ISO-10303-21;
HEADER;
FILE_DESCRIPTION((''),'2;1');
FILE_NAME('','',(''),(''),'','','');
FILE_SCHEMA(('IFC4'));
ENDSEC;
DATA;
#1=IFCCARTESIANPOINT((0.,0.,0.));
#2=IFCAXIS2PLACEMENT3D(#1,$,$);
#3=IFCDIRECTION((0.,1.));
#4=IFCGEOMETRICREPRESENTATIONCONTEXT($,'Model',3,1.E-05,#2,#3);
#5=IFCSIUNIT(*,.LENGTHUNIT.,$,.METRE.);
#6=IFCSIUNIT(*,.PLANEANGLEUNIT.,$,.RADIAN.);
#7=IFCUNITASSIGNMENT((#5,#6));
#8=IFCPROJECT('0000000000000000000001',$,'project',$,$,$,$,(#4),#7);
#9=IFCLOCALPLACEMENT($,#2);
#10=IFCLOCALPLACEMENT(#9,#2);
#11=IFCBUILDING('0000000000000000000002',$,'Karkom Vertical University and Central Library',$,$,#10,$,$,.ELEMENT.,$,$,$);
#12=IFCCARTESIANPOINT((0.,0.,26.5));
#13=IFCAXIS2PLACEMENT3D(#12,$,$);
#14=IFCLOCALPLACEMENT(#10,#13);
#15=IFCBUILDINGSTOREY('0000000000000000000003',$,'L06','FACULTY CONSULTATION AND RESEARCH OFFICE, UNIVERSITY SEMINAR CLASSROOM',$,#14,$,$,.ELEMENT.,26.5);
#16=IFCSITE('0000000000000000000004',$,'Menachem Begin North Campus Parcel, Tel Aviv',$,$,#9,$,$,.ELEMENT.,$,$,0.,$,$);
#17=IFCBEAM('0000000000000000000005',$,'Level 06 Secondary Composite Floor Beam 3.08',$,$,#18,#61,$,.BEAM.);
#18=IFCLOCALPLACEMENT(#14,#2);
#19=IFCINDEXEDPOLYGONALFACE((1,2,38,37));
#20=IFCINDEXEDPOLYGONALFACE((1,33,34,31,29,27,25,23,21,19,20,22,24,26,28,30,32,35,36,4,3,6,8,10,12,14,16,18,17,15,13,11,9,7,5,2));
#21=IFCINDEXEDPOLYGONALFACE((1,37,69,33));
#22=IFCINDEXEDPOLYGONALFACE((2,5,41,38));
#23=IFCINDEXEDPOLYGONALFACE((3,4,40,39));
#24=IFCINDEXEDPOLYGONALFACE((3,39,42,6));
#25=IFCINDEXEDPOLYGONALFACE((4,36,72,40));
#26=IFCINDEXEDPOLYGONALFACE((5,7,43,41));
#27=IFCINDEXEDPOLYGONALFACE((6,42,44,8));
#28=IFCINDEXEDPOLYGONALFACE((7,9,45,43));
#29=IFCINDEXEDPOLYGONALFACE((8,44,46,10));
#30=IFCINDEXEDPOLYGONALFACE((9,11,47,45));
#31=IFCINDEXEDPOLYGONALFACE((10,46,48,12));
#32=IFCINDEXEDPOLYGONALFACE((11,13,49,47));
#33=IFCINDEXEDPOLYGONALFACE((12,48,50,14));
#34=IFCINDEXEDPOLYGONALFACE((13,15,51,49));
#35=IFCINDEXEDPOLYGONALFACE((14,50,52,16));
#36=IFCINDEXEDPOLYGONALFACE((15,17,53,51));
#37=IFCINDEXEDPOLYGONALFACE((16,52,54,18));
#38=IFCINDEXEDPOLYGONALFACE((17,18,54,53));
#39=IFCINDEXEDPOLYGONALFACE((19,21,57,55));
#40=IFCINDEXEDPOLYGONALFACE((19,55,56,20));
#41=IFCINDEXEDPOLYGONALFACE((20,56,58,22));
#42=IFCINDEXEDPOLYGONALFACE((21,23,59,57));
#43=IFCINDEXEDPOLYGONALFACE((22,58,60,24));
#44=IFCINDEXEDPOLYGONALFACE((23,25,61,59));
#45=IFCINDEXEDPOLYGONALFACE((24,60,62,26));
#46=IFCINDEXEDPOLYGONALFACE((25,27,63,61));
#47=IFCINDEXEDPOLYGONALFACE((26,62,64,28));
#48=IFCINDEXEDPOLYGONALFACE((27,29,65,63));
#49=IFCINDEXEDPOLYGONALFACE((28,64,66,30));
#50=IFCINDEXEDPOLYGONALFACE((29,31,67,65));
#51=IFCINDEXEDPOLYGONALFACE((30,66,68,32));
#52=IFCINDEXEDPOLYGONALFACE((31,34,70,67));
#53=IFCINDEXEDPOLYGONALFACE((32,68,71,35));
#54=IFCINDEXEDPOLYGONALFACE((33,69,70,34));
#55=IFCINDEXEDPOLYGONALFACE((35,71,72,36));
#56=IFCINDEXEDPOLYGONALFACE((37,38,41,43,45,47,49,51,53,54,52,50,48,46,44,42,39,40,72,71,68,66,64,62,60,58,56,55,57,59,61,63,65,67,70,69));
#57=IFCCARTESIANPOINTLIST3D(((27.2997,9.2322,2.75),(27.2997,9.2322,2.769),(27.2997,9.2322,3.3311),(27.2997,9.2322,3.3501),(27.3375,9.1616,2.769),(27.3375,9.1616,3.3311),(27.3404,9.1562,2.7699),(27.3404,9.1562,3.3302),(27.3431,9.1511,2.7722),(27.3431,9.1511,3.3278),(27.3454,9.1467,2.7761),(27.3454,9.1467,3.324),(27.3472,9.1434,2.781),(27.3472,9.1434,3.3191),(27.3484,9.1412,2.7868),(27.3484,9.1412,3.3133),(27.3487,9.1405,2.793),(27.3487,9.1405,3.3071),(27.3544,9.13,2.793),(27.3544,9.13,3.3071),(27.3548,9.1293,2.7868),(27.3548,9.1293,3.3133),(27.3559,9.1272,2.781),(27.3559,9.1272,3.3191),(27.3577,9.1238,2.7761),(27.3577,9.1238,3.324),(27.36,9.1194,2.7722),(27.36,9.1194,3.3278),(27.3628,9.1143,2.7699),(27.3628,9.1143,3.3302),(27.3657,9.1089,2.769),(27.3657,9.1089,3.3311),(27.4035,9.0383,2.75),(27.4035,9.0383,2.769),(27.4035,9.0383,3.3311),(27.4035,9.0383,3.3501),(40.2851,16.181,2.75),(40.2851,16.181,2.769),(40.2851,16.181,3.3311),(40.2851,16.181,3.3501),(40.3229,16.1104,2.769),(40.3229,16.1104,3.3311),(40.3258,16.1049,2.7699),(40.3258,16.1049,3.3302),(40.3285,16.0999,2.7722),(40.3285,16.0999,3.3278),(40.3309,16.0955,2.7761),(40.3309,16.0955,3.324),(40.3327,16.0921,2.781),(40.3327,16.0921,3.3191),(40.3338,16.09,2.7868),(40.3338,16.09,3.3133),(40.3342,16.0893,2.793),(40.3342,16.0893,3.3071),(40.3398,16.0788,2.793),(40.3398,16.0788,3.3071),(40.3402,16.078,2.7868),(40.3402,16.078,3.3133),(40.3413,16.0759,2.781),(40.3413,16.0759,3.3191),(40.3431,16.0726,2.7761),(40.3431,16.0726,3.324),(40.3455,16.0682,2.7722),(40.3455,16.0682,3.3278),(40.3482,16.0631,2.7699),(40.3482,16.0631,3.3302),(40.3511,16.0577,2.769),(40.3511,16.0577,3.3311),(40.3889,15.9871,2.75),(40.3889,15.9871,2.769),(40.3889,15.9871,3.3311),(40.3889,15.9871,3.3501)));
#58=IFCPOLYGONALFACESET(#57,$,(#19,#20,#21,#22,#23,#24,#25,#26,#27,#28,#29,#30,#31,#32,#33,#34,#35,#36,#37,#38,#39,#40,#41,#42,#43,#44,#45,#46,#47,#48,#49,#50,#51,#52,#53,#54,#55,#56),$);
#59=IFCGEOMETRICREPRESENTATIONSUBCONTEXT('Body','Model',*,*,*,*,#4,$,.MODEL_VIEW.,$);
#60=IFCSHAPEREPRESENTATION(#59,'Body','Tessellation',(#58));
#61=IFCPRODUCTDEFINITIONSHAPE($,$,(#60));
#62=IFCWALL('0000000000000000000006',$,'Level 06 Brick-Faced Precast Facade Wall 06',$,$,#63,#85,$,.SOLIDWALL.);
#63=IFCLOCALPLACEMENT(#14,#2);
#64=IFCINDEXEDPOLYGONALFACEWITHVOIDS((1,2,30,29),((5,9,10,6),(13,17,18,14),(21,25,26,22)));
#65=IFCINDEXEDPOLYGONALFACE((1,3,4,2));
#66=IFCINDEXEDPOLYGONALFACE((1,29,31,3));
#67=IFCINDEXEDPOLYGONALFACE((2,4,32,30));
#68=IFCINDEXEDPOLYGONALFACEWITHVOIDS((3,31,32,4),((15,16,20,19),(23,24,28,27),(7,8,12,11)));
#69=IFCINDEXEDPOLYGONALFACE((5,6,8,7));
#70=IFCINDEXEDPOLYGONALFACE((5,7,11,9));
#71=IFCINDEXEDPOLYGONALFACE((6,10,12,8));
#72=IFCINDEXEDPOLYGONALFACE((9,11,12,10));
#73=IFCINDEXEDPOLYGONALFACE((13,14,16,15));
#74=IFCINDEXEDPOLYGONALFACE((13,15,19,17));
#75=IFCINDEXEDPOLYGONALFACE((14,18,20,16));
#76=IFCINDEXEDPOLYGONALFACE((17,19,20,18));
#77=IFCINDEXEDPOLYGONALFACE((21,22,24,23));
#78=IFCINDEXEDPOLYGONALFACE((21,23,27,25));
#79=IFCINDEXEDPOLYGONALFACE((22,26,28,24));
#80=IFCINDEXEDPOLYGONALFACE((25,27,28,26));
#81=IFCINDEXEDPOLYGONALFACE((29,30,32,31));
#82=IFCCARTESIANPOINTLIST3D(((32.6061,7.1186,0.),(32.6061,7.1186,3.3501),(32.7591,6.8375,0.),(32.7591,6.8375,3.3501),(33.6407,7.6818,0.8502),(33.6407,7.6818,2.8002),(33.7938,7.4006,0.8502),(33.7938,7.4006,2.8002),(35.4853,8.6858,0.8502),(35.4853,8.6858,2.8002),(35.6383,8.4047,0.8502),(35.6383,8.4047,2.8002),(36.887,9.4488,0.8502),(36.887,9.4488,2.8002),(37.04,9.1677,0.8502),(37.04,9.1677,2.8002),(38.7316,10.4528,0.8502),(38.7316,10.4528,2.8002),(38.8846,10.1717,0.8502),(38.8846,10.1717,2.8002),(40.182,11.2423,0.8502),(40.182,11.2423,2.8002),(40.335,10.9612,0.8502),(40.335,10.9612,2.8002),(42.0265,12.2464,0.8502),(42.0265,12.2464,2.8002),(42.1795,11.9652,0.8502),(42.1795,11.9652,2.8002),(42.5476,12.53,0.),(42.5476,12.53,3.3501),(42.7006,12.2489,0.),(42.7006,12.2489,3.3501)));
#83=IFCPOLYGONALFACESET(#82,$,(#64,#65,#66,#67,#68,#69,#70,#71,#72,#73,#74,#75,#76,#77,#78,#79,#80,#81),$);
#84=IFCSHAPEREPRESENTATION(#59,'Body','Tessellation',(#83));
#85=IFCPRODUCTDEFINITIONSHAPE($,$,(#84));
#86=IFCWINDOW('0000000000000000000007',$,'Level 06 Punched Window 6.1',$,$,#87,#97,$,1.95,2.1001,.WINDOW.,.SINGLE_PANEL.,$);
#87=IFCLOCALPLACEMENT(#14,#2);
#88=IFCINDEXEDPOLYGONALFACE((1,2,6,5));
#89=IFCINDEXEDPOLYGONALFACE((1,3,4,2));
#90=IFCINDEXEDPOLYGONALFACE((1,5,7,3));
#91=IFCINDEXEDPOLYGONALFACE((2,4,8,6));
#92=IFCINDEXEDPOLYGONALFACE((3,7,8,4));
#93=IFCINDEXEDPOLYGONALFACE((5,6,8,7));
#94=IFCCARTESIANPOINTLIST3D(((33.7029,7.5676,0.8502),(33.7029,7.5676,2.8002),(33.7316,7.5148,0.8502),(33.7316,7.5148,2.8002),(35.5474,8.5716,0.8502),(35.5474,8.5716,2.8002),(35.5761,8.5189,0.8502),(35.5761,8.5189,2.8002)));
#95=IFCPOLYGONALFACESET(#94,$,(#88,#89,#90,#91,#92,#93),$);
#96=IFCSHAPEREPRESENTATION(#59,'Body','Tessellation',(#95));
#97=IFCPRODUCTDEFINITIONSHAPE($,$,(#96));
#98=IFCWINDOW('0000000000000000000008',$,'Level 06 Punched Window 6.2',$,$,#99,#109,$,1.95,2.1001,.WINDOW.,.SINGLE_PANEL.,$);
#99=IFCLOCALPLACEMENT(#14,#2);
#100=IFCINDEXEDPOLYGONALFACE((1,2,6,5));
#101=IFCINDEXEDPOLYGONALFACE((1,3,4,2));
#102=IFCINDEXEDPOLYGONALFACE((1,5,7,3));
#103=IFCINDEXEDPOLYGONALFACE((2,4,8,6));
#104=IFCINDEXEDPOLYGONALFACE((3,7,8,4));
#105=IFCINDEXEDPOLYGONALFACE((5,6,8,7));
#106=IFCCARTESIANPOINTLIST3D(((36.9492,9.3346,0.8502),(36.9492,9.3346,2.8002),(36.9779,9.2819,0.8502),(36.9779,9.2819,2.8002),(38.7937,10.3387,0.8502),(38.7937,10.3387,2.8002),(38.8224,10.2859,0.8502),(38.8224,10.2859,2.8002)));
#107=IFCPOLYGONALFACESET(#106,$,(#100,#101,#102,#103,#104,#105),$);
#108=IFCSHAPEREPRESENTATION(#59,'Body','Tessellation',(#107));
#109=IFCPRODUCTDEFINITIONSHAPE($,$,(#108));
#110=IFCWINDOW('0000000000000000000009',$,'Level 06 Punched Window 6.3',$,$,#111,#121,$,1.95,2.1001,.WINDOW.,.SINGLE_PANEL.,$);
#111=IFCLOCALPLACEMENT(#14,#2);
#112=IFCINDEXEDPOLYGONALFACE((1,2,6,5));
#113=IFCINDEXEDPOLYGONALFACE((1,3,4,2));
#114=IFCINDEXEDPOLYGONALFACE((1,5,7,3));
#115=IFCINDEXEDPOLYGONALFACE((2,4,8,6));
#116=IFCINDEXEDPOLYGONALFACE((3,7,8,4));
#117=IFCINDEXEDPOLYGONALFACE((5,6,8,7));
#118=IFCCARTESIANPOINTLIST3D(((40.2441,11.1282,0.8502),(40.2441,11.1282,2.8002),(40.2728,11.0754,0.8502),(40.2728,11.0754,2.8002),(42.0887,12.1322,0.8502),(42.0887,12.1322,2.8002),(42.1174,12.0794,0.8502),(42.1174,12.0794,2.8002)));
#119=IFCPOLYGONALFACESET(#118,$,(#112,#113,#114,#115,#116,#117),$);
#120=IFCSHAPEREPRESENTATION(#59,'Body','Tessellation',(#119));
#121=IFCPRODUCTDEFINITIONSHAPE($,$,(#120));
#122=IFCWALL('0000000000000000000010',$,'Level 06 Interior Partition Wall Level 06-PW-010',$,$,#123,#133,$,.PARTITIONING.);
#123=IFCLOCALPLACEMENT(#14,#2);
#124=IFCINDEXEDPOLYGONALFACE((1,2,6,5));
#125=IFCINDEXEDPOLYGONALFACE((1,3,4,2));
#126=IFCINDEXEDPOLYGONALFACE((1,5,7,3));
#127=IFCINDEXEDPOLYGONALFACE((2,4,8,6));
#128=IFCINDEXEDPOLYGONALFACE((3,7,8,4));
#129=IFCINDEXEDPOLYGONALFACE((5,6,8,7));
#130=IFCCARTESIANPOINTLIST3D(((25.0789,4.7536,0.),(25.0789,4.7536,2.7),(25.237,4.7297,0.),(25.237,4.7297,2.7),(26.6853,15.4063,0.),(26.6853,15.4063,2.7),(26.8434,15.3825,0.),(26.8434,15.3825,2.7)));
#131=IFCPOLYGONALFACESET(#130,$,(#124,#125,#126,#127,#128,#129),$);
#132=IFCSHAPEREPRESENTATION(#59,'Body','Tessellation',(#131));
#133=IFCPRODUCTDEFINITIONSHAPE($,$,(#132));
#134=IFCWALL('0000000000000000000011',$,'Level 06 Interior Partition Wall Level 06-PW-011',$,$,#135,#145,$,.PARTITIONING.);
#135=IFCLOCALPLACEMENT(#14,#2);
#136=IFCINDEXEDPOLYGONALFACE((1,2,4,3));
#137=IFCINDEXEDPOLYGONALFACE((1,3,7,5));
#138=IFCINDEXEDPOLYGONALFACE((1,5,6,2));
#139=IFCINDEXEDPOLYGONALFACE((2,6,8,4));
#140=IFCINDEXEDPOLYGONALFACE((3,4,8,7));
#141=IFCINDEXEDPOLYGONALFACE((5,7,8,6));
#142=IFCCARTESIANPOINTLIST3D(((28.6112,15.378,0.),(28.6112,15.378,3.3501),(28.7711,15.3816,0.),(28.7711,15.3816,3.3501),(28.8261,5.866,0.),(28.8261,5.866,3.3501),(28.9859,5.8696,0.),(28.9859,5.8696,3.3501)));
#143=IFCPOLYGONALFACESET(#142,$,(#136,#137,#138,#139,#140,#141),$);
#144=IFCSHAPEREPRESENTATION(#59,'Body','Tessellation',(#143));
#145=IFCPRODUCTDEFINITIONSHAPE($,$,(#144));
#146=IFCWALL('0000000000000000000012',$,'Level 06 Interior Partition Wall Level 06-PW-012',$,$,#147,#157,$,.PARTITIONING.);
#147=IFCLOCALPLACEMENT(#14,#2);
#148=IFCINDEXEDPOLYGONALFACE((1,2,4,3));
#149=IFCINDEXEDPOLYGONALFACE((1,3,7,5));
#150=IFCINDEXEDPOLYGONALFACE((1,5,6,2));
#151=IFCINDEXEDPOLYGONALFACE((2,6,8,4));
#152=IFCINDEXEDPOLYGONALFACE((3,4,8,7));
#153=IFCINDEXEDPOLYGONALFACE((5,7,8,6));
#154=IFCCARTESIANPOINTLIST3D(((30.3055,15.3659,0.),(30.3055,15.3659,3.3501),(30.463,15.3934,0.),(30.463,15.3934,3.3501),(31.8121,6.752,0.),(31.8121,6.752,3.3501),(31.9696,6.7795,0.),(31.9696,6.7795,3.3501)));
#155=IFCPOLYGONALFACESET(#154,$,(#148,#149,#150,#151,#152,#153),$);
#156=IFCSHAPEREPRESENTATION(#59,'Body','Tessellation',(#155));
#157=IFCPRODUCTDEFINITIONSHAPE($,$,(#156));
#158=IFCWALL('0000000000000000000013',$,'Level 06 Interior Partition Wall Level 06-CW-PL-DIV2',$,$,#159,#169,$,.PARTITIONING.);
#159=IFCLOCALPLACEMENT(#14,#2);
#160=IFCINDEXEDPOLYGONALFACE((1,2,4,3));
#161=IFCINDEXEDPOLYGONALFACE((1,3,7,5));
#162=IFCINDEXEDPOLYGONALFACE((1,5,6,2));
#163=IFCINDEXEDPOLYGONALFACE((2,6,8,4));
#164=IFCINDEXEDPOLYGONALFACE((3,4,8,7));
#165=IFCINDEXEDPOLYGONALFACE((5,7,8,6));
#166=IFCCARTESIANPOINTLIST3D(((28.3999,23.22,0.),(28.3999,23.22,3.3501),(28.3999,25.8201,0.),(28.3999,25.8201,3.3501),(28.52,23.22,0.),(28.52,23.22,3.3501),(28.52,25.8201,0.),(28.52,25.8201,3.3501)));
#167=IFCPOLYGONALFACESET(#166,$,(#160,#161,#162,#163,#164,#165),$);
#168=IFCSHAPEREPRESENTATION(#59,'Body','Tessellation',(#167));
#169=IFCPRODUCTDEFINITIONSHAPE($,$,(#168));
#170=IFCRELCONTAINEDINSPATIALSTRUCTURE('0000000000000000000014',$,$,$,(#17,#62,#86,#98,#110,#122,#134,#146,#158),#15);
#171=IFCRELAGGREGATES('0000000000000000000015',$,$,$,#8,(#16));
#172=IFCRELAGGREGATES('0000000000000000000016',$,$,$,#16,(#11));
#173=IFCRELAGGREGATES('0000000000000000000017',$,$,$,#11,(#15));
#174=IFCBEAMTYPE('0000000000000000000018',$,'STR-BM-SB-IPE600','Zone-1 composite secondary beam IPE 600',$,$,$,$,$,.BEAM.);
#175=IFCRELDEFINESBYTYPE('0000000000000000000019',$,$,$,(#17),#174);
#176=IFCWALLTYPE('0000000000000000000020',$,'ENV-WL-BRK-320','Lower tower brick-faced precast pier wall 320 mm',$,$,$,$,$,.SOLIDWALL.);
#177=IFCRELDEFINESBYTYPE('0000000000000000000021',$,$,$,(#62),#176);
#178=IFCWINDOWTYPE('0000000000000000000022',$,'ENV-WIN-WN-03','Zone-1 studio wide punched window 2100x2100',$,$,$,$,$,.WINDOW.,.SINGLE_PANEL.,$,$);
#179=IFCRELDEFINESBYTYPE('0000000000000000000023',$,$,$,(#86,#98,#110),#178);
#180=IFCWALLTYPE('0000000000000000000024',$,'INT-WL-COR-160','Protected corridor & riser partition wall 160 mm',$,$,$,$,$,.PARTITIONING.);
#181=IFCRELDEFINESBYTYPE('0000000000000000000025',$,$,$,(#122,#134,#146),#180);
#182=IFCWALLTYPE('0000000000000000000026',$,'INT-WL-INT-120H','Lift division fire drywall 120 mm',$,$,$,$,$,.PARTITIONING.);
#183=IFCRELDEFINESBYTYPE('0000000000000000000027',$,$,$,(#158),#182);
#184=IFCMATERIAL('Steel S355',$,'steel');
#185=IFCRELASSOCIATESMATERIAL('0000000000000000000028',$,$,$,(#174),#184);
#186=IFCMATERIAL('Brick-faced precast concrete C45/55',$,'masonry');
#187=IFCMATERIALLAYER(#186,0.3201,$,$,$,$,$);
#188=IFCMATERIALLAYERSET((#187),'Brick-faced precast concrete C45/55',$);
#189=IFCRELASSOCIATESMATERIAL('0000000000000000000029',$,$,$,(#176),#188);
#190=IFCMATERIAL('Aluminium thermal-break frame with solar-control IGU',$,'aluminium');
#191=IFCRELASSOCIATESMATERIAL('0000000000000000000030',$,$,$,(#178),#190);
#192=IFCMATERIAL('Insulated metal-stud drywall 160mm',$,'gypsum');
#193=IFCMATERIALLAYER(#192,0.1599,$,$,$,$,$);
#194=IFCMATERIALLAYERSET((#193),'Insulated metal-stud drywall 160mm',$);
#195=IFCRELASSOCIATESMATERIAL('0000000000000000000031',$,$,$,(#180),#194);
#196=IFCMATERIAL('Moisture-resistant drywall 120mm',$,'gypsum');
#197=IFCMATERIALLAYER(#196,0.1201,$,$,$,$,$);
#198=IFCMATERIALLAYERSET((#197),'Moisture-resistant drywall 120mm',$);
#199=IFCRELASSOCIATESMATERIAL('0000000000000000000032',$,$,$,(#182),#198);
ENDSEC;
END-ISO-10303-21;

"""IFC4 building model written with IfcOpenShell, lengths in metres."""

from ifc_helpers import new_model, si_unit, direction, frame, frame_2d, origin, origin_with_axes, origin_2d, place, context, subcontext, project, spatial, rectangle, i_section, extrude, source, transform, mapped, material, layer, layer_set, material_profile, profile_set, type_object, element, fill, save


model = new_model("IFC4")

# Units and contexts
model_context = context("Model", 3, precision=1e-05, world=origin(), true_north=direction((0.0, 1.0)))
body_context = subcontext(model_context, "Body", "Model", "MODEL_VIEW")
ifc_project = project(units=[si_unit("LENGTHUNIT", "METRE"), si_unit("PLANEANGLEUNIT", "RADIAN")], contexts=[model_context])

# Site, building, storey
site_placement = place(None, origin())
site = spatial("IfcSite", under=ifc_project, at=site_placement, Name="Menachem Begin North Campus Parcel, Tel Aviv", CompositionType="ELEMENT", RefElevation=0.0)
building_placement = place(site_placement, origin())
building = spatial("IfcBuilding", under=site, at=building_placement, Name="Karkom Vertical University and Central Library", CompositionType="ELEMENT")
storey_placement = place(building_placement, frame((0.0, 0.0, 26.5)))
storey = spatial("IfcBuildingStorey", under=building, at=storey_placement, Name="L06", Description="FACULTY CONSULTATION AND RESEARCH OFFICE, UNIVERSITY SEMINAR CLASSROOM", CompositionType="ELEMENT", Elevation=26.5)

# Beam
ifc_material_1 = material(Name="Steel S355", Category="steel")
ifc_material_profile_1 = material_profile(ifc_material_1, i_section(OverallWidth=0.22, OverallDepth=0.6001, WebThickness=0.012, FlangeThickness=0.019, FilletRadius=0.0239, at=origin_2d()), Name="IPE 600")
ifc_profile_set_1 = profile_set([ifc_material_profile_1], Name="Steel S355")
beam_type_1 = type_object("IfcBeamType", Name="STR-BM-SB-IPE600", Description="Zone-1 composite secondary beam IPE 600", PredefinedType="BEAM", material=ifc_profile_set_1)
shared_shape_1 = source(origin_with_axes(), body_context, "Body", "SweptSolid", [
    extrude(i_section(OverallWidth=0.22, OverallDepth=0.6001, WebThickness=0.012, FlangeThickness=0.019, FilletRadius=0.0239, at=origin_2d()), origin(), (0.0, 0.0, 1.0), 14.7278),
])
beam_1_placement = place(storey_placement, frame((27.3516, 9.1353, 3.05), z_axis=(0.881698, 0.471815, 0.0), x_axis=(-0.471815, 0.881698, 0.0)))
element("IfcBeam", 1, at=beam_1_placement, inside=storey, type_object=beam_type_1, Name="Level 06 Secondary Composite Floor Beam 3.08", PredefinedType="BEAM", context=body_context, shape_type="MappedRepresentation", body=[
    mapped(shared_shape_1, transform((0.0, 0.0, 0.0), scale=1.0)),
])

# Wall, openings, windows
ifc_material_2 = material(Name="Brick-faced precast concrete C45/55", Category="masonry")
ifc_layer_1 = layer(ifc_material_2, 0.3201)
ifc_layer_set_1 = layer_set([ifc_layer_1], Name="Brick-faced precast concrete C45/55")
wall_type_1 = type_object("IfcWallType", Name="ENV-WL-BRK-320", Description="Lower tower brick-faced precast pier wall 320 mm", PredefinedType="SOLIDWALL", material=ifc_layer_set_1)
wall_1_placement = place(storey_placement, frame((32.6826, 6.978, 0.0), z_axis=(0.0, 0.0, 1.0), x_axis=(0.878312, 0.478089, 0.0)))
wall_1 = element("IfcWall", 2, at=wall_1_placement, inside=storey, type_object=wall_type_1, Name="Level 06 Brick-Faced Precast Facade Wall 06", PredefinedType="SOLIDWALL", context=body_context, shape_type="SweptSolid", body=[
    extrude(rectangle(XDim=11.3188, YDim=0.3201, at=frame_2d((5.6594, 0.0))), origin(), (0.0, 0.0, 1.0), 3.3501),
])
opening_1_placement = place(wall_1_placement, frame((1.178, 0.0, 0.8501)))
opening_1 = element("IfcOpeningElement", 3, at=opening_1_placement, cuts=wall_1, PredefinedType="OPENING", context=body_context, shape_type="SweptSolid", body=[
    extrude(rectangle(XDim=2.1001, YDim=1.95, at=frame_2d((1.05, 0.9751))), frame((0.0, 0.1699, 0.0), z_axis=(0.0, -1.0, 0.0), x_axis=(1.0, 0.0, 0.0)), (0.0, 0.0, 1.0), 0.3401),
])
opening_2_placement = place(wall_1_placement, frame((4.874, 0.0, 0.8501)))
opening_2 = element("IfcOpeningElement", 4, at=opening_2_placement, cuts=wall_1, PredefinedType="OPENING", context=body_context, shape_type="SweptSolid", body=[
    extrude(rectangle(XDim=2.1001, YDim=1.95, at=frame_2d((1.05, 0.9751))), frame((0.0, 0.1699, 0.0), z_axis=(0.0, -1.0, 0.0), x_axis=(1.0, 0.0, 0.0)), (0.0, 0.0, 1.0), 0.3401),
])
opening_3_placement = place(wall_1_placement, frame((8.6255, 0.0, 0.8501)))
opening_3 = element("IfcOpeningElement", 5, at=opening_3_placement, cuts=wall_1, PredefinedType="OPENING", context=body_context, shape_type="SweptSolid", body=[
    extrude(rectangle(XDim=2.1001, YDim=1.95, at=frame_2d((1.05, 0.9751))), frame((0.0, 0.1699, 0.0), z_axis=(0.0, -1.0, 0.0), x_axis=(1.0, 0.0, 0.0)), (0.0, 0.0, 1.0), 0.3401),
])
ifc_material_3 = material(Name="Aluminium thermal-break frame with solar-control IGU", Category="aluminium")
window_type = type_object("IfcWindowType", Name="ENV-WIN-WN-03", Description="Zone-1 studio wide punched window 2100x2100", PartitioningType="SINGLE_PANEL", PredefinedType="WINDOW", material=ifc_material_3)
shared_shape_2 = source(origin_with_axes(), body_context, "Body", "SweptSolid", [
    extrude(rectangle(XDim=2.1001, YDim=1.95, at=frame_2d((1.05, 0.9751))), frame((0.0, 0.03, 0.0), z_axis=(0.0, -1.0, 0.0), x_axis=(1.0, 0.0, 0.0)), (0.0, 0.0, 1.0), 0.0601),
])
window_1_placement = place(opening_1_placement, origin())
window_1 = element("IfcWindow", 6, at=window_1_placement, inside=storey, type_object=window_type, Name="Level 06 Punched Window 6.1", OverallHeight=1.95, OverallWidth=2.1001, PartitioningType="SINGLE_PANEL", PredefinedType="WINDOW", context=body_context, shape_type="MappedRepresentation", body=[
    mapped(shared_shape_2, transform((0.0, 0.0, 0.0), scale=1.0)),
])
fill(opening_1, window_1)
window_2_placement = place(opening_2_placement, origin())
window_2 = element("IfcWindow", 7, at=window_2_placement, inside=storey, type_object=window_type, Name="Level 06 Punched Window 6.2", OverallHeight=1.95, OverallWidth=2.1001, PartitioningType="SINGLE_PANEL", PredefinedType="WINDOW", context=body_context, shape_type="MappedRepresentation", body=[
    mapped(shared_shape_2, transform((0.0, 0.0, 0.0), scale=1.0)),
])
fill(opening_2, window_2)
window_3_placement = place(opening_3_placement, origin())
window_3 = element("IfcWindow", 8, at=window_3_placement, inside=storey, type_object=window_type, Name="Level 06 Punched Window 6.3", OverallHeight=1.95, OverallWidth=2.1001, PartitioningType="SINGLE_PANEL", PredefinedType="WINDOW", context=body_context, shape_type="MappedRepresentation", body=[
    mapped(shared_shape_2, transform((0.0, 0.0, 0.0), scale=1.0)),
])
fill(opening_3, window_3)

# Walls
ifc_material_4 = material(Name="Insulated metal-stud drywall 160mm", Category="gypsum")
ifc_layer_2 = layer(ifc_material_4, 0.1599)
ifc_layer_set_2 = layer_set([ifc_layer_2], Name="Insulated metal-stud drywall 160mm")
wall_type_2 = type_object("IfcWallType", Name="INT-WL-COR-160", Description="Protected corridor & riser partition wall 160 mm", PredefinedType="PARTITIONING", material=ifc_layer_set_2)
wall_2_placement = place(storey_placement, frame((26.7644, 15.3945, 0.0), z_axis=(0.0, 0.0, 1.0), x_axis=(-0.149114, -0.98882, 0.0)))
element("IfcWall", 9, at=wall_2_placement, inside=storey, type_object=wall_type_2, Name="Level 06 Interior Partition Wall Level 06-PW-010", PredefinedType="PARTITIONING", context=body_context, shape_type="SweptSolid", body=[
    extrude(rectangle(XDim=10.7732, YDim=0.1599, at=frame_2d((5.3867, 0.0))), origin(), (0.0, 0.0, 1.0), 2.7),
])
wall_3_placement = place(storey_placement, frame((28.6912, 15.3799, 0.0), z_axis=(0.0, 0.0, 1.0), x_axis=(0.022581, -0.999745, 0.0)))
element("IfcWall", 10, at=wall_3_placement, inside=storey, type_object=wall_type_2, Name="Level 06 Interior Partition Wall Level 06-PW-011", PredefinedType="PARTITIONING", context=body_context, shape_type="SweptSolid", body=[
    extrude(rectangle(XDim=9.5144, YDim=0.1599, at=frame_2d((4.7573, 0.0))), origin(), (0.0, 0.0, 1.0), 3.3501),
])
wall_4_placement = place(storey_placement, frame((30.3843, 15.3796, 0.0), z_axis=(0.0, 0.0, 1.0), x_axis=(0.17229, -0.985046, 0.0)))
element("IfcWall", 11, at=wall_4_placement, inside=storey, type_object=wall_type_2, Name="Level 06 Interior Partition Wall Level 06-PW-012", PredefinedType="PARTITIONING", context=body_context, shape_type="SweptSolid", body=[
    extrude(rectangle(XDim=8.7446, YDim=0.1599, at=frame_2d((4.3723, 0.0))), origin(), (0.0, 0.0, 1.0), 3.3501),
])
ifc_material_5 = material(Name="Moisture-resistant drywall 120mm", Category="gypsum")
ifc_layer_3 = layer(ifc_material_5, 0.1201)
ifc_layer_set_3 = layer_set([ifc_layer_3], Name="Moisture-resistant drywall 120mm")
wall_type_3 = type_object("IfcWallType", Name="INT-WL-INT-120H", Description="Lift division fire drywall 120 mm", PredefinedType="PARTITIONING", material=ifc_layer_set_3)
for number, where, z_axis, x_axis, name in (
    (12, (28.46, 23.22, 0.0), (0.0, 0.0, 1.0), (0.0, 1.0, 0.0), "Level 06 Interior Partition Wall Level 06-CW-PL-DIV2"),
):
    element("IfcWall", number, at=place(storey_placement, frame(where, z_axis=z_axis, x_axis=x_axis)), inside=storey, type_object=wall_type_3, Name=name, PredefinedType="PARTITIONING", context=body_context, shape_type="SweptSolid", body=[
        extrude(rectangle(XDim=2.6001, YDim=0.1201, at=frame_2d((1.3, 0.0))), origin(), (0.0, 0.0, 1.0), 3.3501),
    ])

save(model, "model.ifc")
